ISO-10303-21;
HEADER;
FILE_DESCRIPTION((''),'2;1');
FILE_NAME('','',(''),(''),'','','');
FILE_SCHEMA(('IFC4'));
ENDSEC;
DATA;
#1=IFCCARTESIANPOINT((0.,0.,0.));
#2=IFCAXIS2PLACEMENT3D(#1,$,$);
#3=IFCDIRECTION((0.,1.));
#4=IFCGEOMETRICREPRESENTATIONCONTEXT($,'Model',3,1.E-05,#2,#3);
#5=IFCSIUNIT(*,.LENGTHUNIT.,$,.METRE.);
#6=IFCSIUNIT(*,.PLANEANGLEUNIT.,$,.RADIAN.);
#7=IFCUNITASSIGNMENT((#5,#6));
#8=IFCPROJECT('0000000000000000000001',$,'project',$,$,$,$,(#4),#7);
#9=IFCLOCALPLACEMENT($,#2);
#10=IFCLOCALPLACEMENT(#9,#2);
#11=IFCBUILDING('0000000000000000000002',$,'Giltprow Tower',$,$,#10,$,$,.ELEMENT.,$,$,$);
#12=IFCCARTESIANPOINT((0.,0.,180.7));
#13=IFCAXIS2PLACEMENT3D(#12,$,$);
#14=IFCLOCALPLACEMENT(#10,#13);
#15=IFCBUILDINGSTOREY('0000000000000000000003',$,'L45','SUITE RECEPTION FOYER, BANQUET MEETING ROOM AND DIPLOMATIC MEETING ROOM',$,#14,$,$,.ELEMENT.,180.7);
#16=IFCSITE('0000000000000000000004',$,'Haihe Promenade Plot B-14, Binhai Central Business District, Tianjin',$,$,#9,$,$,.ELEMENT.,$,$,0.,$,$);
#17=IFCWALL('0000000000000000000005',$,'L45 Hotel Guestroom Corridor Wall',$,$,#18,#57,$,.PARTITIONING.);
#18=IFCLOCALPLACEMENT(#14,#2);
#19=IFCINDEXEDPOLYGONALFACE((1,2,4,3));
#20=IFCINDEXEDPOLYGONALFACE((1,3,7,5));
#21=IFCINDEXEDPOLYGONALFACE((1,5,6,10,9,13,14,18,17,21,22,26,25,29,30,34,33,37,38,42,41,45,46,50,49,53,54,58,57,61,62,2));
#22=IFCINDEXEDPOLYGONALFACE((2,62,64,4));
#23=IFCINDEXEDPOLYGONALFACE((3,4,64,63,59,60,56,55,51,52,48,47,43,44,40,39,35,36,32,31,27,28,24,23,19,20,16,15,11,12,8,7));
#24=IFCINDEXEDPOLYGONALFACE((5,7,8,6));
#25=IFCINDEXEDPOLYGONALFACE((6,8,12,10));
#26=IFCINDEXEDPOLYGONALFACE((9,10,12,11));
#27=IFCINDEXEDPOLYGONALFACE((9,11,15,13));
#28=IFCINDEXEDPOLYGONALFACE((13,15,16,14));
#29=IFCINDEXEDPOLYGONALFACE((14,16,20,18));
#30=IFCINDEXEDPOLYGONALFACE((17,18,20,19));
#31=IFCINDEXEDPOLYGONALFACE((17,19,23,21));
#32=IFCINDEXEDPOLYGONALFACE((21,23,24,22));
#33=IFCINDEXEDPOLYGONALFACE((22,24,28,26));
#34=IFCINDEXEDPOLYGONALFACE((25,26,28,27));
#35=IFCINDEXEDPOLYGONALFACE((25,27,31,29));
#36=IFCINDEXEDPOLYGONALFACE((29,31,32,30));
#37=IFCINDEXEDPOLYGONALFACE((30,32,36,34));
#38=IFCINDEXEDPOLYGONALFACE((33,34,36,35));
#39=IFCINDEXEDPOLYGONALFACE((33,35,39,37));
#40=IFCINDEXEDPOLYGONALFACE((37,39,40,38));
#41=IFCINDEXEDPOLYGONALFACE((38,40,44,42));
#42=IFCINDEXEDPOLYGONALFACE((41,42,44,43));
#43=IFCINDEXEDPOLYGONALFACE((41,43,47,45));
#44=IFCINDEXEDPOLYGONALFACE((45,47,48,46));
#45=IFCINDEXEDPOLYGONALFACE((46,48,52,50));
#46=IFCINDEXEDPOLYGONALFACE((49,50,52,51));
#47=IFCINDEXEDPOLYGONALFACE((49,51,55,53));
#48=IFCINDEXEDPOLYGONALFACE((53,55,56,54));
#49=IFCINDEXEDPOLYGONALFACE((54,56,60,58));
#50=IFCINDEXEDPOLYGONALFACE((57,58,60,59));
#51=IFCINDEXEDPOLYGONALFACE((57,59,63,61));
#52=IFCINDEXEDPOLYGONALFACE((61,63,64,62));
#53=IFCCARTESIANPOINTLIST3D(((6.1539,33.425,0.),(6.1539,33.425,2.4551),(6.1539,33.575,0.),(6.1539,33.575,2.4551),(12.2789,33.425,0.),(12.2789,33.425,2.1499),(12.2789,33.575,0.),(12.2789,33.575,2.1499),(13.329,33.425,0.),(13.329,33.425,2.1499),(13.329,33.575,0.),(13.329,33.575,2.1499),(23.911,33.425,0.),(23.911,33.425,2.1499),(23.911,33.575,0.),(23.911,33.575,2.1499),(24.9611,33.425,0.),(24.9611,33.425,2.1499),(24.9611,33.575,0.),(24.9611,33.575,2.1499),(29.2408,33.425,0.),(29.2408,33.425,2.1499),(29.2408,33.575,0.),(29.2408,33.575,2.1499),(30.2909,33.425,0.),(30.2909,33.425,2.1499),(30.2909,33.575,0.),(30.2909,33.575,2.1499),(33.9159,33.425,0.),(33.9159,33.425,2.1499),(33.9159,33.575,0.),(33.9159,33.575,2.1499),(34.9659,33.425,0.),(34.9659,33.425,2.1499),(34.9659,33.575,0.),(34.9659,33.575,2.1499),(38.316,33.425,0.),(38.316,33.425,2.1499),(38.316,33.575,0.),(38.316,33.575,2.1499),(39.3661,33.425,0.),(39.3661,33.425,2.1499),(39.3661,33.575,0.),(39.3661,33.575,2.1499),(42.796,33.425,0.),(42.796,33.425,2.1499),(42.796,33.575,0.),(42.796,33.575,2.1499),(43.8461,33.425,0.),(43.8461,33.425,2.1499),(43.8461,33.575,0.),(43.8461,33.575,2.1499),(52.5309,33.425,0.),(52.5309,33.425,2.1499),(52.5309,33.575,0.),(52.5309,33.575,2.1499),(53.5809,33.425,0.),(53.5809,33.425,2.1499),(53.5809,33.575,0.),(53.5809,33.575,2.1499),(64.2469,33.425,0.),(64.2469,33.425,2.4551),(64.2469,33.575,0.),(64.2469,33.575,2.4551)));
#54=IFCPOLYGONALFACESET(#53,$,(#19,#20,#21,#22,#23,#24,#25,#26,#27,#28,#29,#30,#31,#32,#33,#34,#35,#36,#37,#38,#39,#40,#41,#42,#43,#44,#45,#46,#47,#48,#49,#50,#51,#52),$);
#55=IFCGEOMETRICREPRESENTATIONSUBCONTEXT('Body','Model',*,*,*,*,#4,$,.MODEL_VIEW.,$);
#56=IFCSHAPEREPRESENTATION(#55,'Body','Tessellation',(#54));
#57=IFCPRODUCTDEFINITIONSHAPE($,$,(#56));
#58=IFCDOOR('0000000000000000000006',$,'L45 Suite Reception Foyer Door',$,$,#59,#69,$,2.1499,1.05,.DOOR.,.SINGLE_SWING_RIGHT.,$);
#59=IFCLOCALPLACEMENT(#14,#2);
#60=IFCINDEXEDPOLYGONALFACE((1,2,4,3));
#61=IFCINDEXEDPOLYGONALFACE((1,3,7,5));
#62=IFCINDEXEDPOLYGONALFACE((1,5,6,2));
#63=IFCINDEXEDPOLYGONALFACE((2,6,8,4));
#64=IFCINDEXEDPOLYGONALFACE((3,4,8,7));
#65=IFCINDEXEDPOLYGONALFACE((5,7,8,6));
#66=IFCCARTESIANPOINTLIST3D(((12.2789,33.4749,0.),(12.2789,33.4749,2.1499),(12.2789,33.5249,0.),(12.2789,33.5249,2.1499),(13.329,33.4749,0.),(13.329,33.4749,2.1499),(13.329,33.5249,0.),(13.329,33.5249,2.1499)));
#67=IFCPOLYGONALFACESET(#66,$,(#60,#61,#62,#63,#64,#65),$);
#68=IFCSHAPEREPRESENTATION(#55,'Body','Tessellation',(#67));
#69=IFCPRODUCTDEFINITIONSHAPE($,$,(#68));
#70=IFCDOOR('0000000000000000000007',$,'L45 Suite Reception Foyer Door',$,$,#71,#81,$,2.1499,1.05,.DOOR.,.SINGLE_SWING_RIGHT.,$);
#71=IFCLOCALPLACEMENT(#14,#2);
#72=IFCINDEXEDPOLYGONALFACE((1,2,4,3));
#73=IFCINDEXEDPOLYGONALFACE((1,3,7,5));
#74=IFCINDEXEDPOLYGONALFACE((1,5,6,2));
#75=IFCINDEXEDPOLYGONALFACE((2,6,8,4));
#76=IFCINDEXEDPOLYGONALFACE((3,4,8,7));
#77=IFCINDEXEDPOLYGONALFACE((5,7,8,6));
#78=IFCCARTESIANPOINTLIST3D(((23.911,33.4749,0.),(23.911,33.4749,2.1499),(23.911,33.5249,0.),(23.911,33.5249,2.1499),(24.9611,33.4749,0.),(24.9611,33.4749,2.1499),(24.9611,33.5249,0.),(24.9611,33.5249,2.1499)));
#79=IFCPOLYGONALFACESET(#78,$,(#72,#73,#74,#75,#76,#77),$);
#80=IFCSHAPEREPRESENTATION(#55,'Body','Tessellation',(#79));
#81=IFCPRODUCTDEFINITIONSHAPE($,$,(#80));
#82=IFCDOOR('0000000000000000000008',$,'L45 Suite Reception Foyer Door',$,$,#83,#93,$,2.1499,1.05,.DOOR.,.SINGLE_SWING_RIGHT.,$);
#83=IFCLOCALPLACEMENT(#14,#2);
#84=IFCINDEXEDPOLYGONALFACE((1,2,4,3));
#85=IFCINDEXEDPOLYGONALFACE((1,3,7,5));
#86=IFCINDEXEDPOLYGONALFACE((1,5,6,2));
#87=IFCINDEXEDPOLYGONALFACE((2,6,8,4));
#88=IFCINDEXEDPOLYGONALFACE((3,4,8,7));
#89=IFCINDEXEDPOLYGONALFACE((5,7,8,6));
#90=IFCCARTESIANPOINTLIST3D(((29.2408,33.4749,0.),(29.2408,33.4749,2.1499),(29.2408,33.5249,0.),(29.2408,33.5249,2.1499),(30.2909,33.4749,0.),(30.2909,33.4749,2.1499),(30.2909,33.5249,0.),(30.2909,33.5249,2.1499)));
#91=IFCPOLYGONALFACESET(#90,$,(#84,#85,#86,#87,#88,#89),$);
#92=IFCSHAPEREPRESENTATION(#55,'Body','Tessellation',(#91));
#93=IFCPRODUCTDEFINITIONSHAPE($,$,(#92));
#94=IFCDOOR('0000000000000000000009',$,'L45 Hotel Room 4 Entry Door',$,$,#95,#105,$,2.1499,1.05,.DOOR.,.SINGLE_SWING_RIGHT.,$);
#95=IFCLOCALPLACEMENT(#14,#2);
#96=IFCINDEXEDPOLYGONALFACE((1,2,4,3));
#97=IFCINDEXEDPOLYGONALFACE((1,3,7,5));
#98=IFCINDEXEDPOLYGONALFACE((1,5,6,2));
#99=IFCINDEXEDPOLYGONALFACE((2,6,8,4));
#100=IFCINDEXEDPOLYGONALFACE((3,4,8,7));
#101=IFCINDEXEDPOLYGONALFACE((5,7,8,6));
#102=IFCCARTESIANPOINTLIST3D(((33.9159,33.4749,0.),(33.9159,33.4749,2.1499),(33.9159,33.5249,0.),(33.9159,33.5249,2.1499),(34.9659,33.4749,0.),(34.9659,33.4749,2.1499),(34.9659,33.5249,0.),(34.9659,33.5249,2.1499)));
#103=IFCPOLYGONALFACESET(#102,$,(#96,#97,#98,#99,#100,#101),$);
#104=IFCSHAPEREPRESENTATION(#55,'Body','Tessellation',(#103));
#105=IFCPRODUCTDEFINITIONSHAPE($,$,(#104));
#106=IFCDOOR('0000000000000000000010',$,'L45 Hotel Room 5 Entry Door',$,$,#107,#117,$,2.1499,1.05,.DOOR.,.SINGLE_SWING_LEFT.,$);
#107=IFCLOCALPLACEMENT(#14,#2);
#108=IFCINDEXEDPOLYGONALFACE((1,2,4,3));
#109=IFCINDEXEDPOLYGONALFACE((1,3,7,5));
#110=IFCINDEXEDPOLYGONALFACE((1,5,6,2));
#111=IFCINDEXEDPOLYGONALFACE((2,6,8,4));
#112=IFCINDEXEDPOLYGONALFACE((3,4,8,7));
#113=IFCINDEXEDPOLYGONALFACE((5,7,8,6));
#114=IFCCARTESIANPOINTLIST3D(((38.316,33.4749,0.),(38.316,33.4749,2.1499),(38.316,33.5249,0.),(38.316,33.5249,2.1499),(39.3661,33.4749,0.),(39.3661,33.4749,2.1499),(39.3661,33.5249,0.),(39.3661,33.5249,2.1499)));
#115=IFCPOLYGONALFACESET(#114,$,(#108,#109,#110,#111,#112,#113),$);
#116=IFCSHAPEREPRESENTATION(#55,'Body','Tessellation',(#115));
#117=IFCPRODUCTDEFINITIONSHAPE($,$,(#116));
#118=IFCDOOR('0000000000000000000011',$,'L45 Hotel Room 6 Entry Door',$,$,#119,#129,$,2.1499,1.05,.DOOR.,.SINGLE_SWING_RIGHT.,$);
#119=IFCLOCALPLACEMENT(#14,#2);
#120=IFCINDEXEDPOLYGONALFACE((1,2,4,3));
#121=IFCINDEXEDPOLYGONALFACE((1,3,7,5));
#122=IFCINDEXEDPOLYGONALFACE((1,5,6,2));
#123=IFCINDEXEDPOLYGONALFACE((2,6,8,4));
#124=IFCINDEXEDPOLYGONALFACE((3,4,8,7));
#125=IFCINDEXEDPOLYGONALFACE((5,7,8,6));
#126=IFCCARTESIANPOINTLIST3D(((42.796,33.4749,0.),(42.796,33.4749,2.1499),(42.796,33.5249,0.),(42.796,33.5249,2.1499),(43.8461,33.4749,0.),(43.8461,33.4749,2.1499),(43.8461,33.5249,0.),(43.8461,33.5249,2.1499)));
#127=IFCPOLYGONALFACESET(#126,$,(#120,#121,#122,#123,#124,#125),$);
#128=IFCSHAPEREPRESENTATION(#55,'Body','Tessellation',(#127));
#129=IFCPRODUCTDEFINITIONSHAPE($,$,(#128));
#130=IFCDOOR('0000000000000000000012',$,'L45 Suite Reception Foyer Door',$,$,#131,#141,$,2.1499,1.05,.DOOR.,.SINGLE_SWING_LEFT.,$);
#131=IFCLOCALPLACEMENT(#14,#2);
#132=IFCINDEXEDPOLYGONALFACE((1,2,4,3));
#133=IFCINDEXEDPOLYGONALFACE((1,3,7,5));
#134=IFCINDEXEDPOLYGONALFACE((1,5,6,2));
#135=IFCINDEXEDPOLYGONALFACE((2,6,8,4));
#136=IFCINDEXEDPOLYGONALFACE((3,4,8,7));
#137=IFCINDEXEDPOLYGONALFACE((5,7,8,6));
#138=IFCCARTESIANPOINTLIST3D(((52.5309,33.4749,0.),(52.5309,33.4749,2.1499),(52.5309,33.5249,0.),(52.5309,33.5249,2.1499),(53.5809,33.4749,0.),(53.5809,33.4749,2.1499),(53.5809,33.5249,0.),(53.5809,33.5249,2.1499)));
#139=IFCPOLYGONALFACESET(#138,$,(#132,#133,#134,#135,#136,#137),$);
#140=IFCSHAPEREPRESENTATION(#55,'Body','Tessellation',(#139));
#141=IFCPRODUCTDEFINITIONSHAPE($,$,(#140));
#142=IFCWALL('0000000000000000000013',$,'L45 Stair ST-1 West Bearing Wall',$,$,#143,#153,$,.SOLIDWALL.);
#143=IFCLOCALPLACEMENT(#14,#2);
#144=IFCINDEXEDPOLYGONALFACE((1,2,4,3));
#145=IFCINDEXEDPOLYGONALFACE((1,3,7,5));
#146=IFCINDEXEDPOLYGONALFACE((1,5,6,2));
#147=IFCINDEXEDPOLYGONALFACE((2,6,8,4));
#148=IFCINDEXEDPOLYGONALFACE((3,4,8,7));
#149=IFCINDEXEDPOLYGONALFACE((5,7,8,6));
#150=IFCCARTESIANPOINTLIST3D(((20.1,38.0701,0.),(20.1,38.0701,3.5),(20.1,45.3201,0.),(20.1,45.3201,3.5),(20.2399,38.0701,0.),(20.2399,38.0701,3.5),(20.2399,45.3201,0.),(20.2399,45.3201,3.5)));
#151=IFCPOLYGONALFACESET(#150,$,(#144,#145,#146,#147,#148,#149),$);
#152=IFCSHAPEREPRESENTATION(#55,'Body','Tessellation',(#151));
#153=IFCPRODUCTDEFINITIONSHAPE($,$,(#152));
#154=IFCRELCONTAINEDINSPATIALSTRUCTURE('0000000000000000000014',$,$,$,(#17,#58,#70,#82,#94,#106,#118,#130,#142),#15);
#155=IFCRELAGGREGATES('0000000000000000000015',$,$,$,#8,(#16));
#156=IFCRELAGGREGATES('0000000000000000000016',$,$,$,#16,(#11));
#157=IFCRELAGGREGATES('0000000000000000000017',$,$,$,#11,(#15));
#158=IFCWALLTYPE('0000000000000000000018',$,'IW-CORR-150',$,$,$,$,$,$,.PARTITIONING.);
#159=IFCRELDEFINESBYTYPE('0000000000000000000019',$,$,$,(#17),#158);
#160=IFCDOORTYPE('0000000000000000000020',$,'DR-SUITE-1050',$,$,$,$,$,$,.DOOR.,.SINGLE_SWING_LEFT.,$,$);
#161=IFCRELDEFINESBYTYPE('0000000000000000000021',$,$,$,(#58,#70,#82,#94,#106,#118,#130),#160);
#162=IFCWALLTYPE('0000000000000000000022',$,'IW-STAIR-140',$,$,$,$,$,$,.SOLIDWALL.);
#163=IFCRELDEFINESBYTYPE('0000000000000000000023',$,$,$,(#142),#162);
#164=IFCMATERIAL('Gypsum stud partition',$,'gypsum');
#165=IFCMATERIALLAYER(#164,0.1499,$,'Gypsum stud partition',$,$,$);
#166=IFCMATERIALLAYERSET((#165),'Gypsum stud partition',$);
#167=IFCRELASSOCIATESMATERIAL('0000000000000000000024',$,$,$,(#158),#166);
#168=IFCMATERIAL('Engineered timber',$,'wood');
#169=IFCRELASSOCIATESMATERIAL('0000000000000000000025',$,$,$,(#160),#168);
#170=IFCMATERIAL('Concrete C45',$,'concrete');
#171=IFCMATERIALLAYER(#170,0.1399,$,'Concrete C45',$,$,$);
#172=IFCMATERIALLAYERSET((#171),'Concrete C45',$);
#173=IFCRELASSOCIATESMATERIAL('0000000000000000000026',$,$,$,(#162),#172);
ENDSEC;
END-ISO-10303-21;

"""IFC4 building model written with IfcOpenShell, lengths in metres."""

from ifc_helpers import new_model, si_unit, direction, frame, frame_2d, origin, place, context, subcontext, project, spatial, rectangle, extrude, source, transform, mapped, material, layer, layer_set, type_object, element, fill, save


model = new_model("IFC4")

# Units and contexts
model_context = context("Model", 3, precision=1e-05, world=origin(), true_north=direction((0.0, 1.0)))
body_context = subcontext(model_context, "Body", "Model", "MODEL_VIEW")
ifc_project = project(units=[si_unit("LENGTHUNIT", "METRE"), si_unit("PLANEANGLEUNIT", "RADIAN")], contexts=[model_context])

# Site, building, storey
site_placement = place(None, origin())
site = spatial("IfcSite", under=ifc_project, at=site_placement, Name="Haihe Promenade Plot B-14, Binhai Central Business District, Tianjin", CompositionType="ELEMENT", RefElevation=0.0)
building_placement = place(site_placement, origin())
building = spatial("IfcBuilding", under=site, at=building_placement, Name="Giltprow Tower", CompositionType="ELEMENT")
storey_placement = place(building_placement, frame((0.0, 0.0, 180.7)))
storey = spatial("IfcBuildingStorey", under=building, at=storey_placement, Name="L45", Description="SUITE RECEPTION FOYER, BANQUET MEETING ROOM AND DIPLOMATIC MEETING ROOM", CompositionType="ELEMENT", Elevation=180.7)

# Wall, openings, doors
ifc_material_1 = material(Name="Gypsum stud partition", Category="gypsum")
ifc_layer_1 = layer(ifc_material_1, 0.1499, Name="Gypsum stud partition")
ifc_layer_set_1 = layer_set([ifc_layer_1], Name="Gypsum stud partition")
wall_type_1 = type_object("IfcWallType", Name="IW-CORR-150", PredefinedType="PARTITIONING", material=ifc_layer_set_1)
wall_1_placement = place(storey_placement, frame((6.1541, 33.5, 0.0), z_axis=(0.0, 0.0, 1.0), x_axis=(1.0, 0.0, 0.0)))
wall_1 = element("IfcWall", 1, at=wall_1_placement, inside=storey, type_object=wall_type_1, Name="L45 Hotel Guestroom Corridor Wall", PredefinedType="PARTITIONING", context=body_context, shape_type="SweptSolid", body=[
    extrude(rectangle(XDim=58.093, YDim=0.1499, at=frame_2d((29.0464, 0.0))), origin(), (0.0, 0.0, 1.0), 2.4551),
])
opening_1_placement = place(wall_1_placement, frame((6.125, 0.0, 0.0)))
opening_1 = element("IfcOpeningElement", 2, at=opening_1_placement, cuts=wall_1, PredefinedType="OPENING", context=body_context, shape_type="SweptSolid", body=[
    extrude(rectangle(XDim=1.05, YDim=2.1499, at=frame_2d((0.5249, 1.075))), frame((0.0, 0.085, 0.0), z_axis=(0.0, -1.0, 0.0), x_axis=(1.0, 0.0, 0.0)), (0.0, 0.0, 1.0), 0.1699),
])
opening_2_placement = place(wall_1_placement, frame((17.7571, 0.0, 0.0)))
opening_2 = element("IfcOpeningElement", 3, at=opening_2_placement, cuts=wall_1, PredefinedType="OPENING", context=body_context, shape_type="SweptSolid", body=[
    extrude(rectangle(XDim=1.05, YDim=2.1499, at=frame_2d((0.5249, 1.075))), frame((0.0, 0.085, 0.0), z_axis=(0.0, -1.0, 0.0), x_axis=(1.0, 0.0, 0.0)), (0.0, 0.0, 1.0), 0.1699),
])
opening_3_placement = place(wall_1_placement, frame((23.0869, 0.0, 0.0)))
opening_3 = element("IfcOpeningElement", 4, at=opening_3_placement, cuts=wall_1, PredefinedType="OPENING", context=body_context, shape_type="SweptSolid", body=[
    extrude(rectangle(XDim=1.05, YDim=2.1499, at=frame_2d((0.5249, 1.075))), frame((0.0, 0.085, 0.0), z_axis=(0.0, -1.0, 0.0), x_axis=(1.0, 0.0, 0.0)), (0.0, 0.0, 1.0), 0.1699),
])
opening_4_placement = place(wall_1_placement, frame((27.762, 0.0, 0.0)))
opening_4 = element("IfcOpeningElement", 5, at=opening_4_placement, cuts=wall_1, PredefinedType="OPENING", context=body_context, shape_type="SweptSolid", body=[
    extrude(rectangle(XDim=1.05, YDim=2.1499, at=frame_2d((0.5249, 1.075))), frame((0.0, 0.085, 0.0), z_axis=(0.0, -1.0, 0.0), x_axis=(1.0, 0.0, 0.0)), (0.0, 0.0, 1.0), 0.1699),
])
opening_5_placement = place(wall_1_placement, frame((32.1621, 0.0, 0.0)))
opening_5 = element("IfcOpeningElement", 6, at=opening_5_placement, cuts=wall_1, PredefinedType="OPENING", context=body_context, shape_type="SweptSolid", body=[
    extrude(rectangle(XDim=1.05, YDim=2.1499, at=frame_2d((0.5249, 1.075))), frame((0.0, 0.085, 0.0), z_axis=(0.0, -1.0, 0.0), x_axis=(1.0, 0.0, 0.0)), (0.0, 0.0, 1.0), 0.1699),
])
opening_6_placement = place(wall_1_placement, frame((36.6421, 0.0, 0.0)))
opening_6 = element("IfcOpeningElement", 7, at=opening_6_placement, cuts=wall_1, PredefinedType="OPENING", context=body_context, shape_type="SweptSolid", body=[
    extrude(rectangle(XDim=1.05, YDim=2.1499, at=frame_2d((0.5249, 1.075))), frame((0.0, 0.085, 0.0), z_axis=(0.0, -1.0, 0.0), x_axis=(1.0, 0.0, 0.0)), (0.0, 0.0, 1.0), 0.1699),
])
opening_7_placement = place(wall_1_placement, frame((46.377, 0.0, 0.0)))
opening_7 = element("IfcOpeningElement", 8, at=opening_7_placement, cuts=wall_1, PredefinedType="OPENING", context=body_context, shape_type="SweptSolid", body=[
    extrude(rectangle(XDim=1.05, YDim=2.1499, at=frame_2d((0.5249, 1.075))), frame((0.0, 0.085, 0.0), z_axis=(0.0, -1.0, 0.0), x_axis=(1.0, 0.0, 0.0)), (0.0, 0.0, 1.0), 0.1699),
])
ifc_material_2 = material(Name="Engineered timber", Category="wood")
door_type_1 = type_object("IfcDoorType", Name="DR-SUITE-1050", OperationType="SINGLE_SWING_LEFT", PredefinedType="DOOR", material=ifc_material_2)
shared_shape_1 = source(origin(), body_context, "Body", "SweptSolid", [
    extrude(rectangle(XDim=1.05, YDim=2.1499, at=frame_2d((0.5249, 1.075))), frame((0.0, 0.0249, 0.0), z_axis=(0.0, -1.0, 0.0), x_axis=(1.0, 0.0, 0.0)), (0.0, 0.0, 1.0), 0.05),
])
door_1_placement = place(opening_1_placement, origin())
door_1 = element("IfcDoor", 9, at=door_1_placement, inside=storey, type_object=door_type_1, Name="L45 Suite Reception Foyer Door", OperationType="SINGLE_SWING_RIGHT", OverallHeight=2.1499, OverallWidth=1.05, PredefinedType="DOOR", context=body_context, shape_type="MappedRepresentation", body=[
    mapped(shared_shape_1, transform((0.0, 0.0, 0.0), x_axis=(1.0, 0.0, 0.0), y_axis=(0.0, 1.0, 0.0), z_axis=(0.0, 0.0, 1.0), scale=1.0)),
])
fill(opening_1, door_1)
door_2_placement = place(opening_2_placement, origin())
door_2 = element("IfcDoor", 10, at=door_2_placement, inside=storey, type_object=door_type_1, Name="L45 Suite Reception Foyer Door", OperationType="SINGLE_SWING_RIGHT", OverallHeight=2.1499, OverallWidth=1.05, PredefinedType="DOOR", context=body_context, shape_type="MappedRepresentation", body=[
    mapped(shared_shape_1, transform((0.0, 0.0, 0.0), x_axis=(1.0, 0.0, 0.0), y_axis=(0.0, 1.0, 0.0), z_axis=(0.0, 0.0, 1.0), scale=1.0)),
])
fill(opening_2, door_2)
door_3_placement = place(opening_3_placement, origin())
door_3 = element("IfcDoor", 11, at=door_3_placement, inside=storey, type_object=door_type_1, Name="L45 Suite Reception Foyer Door", OperationType="SINGLE_SWING_RIGHT", OverallHeight=2.1499, OverallWidth=1.05, PredefinedType="DOOR", context=body_context, shape_type="MappedRepresentation", body=[
    mapped(shared_shape_1, transform((0.0, 0.0, 0.0), x_axis=(1.0, 0.0, 0.0), y_axis=(0.0, 1.0, 0.0), z_axis=(0.0, 0.0, 1.0), scale=1.0)),
])
fill(opening_3, door_3)
door_4_placement = place(opening_4_placement, origin())
door_4 = element("IfcDoor", 12, at=door_4_placement, inside=storey, type_object=door_type_1, Name="L45 Hotel Room 4 Entry Door", OperationType="SINGLE_SWING_RIGHT", OverallHeight=2.1499, OverallWidth=1.05, PredefinedType="DOOR", context=body_context, shape_type="MappedRepresentation", body=[
    mapped(shared_shape_1, transform((0.0, 0.0, 0.0), x_axis=(1.0, 0.0, 0.0), y_axis=(0.0, 1.0, 0.0), z_axis=(0.0, 0.0, 1.0), scale=1.0)),
])
fill(opening_4, door_4)
door_5_placement = place(opening_5_placement, origin())
door_5 = element("IfcDoor", 13, at=door_5_placement, inside=storey, type_object=door_type_1, Name="L45 Hotel Room 5 Entry Door", OperationType="SINGLE_SWING_LEFT", OverallHeight=2.1499, OverallWidth=1.05, PredefinedType="DOOR", context=body_context, shape_type="MappedRepresentation", body=[
    mapped(shared_shape_1, transform((0.0, 0.0, 0.0), x_axis=(1.0, 0.0, 0.0), y_axis=(0.0, 1.0, 0.0), z_axis=(0.0, 0.0, 1.0), scale=1.0)),
])
fill(opening_5, door_5)
door_6_placement = place(opening_6_placement, origin())
door_6 = element("IfcDoor", 14, at=door_6_placement, inside=storey, type_object=door_type_1, Name="L45 Hotel Room 6 Entry Door", OperationType="SINGLE_SWING_RIGHT", OverallHeight=2.1499, OverallWidth=1.05, PredefinedType="DOOR", context=body_context, shape_type="MappedRepresentation", body=[
    mapped(shared_shape_1, transform((0.0, 0.0, 0.0), x_axis=(1.0, 0.0, 0.0), y_axis=(0.0, 1.0, 0.0), z_axis=(0.0, 0.0, 1.0), scale=1.0)),
])
fill(opening_6, door_6)
door_7_placement = place(opening_7_placement, origin())
door_7 = element("IfcDoor", 15, at=door_7_placement, inside=storey, type_object=door_type_1, Name="L45 Suite Reception Foyer Door", OperationType="SINGLE_SWING_LEFT", OverallHeight=2.1499, OverallWidth=1.05, PredefinedType="DOOR", context=body_context, shape_type="MappedRepresentation", body=[
    mapped(shared_shape_1, transform((0.0, 0.0, 0.0), x_axis=(1.0, 0.0, 0.0), y_axis=(0.0, 1.0, 0.0), z_axis=(0.0, 0.0, 1.0), scale=1.0)),
])
fill(opening_7, door_7)

# Wall
ifc_material_3 = material(Name="Concrete C45", Category="concrete")
ifc_layer_2 = layer(ifc_material_3, 0.1399, Name="Concrete C45")
ifc_layer_set_2 = layer_set([ifc_layer_2], Name="Concrete C45")
wall_type_2 = type_object("IfcWallType", Name="IW-STAIR-140", PredefinedType="SOLIDWALL", material=ifc_layer_set_2)
wall_2_placement = place(storey_placement, frame((20.1699, 38.0701, 0.0), z_axis=(0.0, 0.0, 1.0), x_axis=(0.0, 1.0, 0.0)))
element("IfcWall", 16, at=wall_2_placement, inside=storey, type_object=wall_type_2, Name="L45 Stair ST-1 West Bearing Wall", PredefinedType="SOLIDWALL", context=body_context, shape_type="SweptSolid", body=[
    extrude(rectangle(XDim=7.25, YDim=0.1399, at=frame_2d((3.625, 0.0))), origin(), (0.0, 0.0, 1.0), 3.5),
])

save(model, "model.ifc")
